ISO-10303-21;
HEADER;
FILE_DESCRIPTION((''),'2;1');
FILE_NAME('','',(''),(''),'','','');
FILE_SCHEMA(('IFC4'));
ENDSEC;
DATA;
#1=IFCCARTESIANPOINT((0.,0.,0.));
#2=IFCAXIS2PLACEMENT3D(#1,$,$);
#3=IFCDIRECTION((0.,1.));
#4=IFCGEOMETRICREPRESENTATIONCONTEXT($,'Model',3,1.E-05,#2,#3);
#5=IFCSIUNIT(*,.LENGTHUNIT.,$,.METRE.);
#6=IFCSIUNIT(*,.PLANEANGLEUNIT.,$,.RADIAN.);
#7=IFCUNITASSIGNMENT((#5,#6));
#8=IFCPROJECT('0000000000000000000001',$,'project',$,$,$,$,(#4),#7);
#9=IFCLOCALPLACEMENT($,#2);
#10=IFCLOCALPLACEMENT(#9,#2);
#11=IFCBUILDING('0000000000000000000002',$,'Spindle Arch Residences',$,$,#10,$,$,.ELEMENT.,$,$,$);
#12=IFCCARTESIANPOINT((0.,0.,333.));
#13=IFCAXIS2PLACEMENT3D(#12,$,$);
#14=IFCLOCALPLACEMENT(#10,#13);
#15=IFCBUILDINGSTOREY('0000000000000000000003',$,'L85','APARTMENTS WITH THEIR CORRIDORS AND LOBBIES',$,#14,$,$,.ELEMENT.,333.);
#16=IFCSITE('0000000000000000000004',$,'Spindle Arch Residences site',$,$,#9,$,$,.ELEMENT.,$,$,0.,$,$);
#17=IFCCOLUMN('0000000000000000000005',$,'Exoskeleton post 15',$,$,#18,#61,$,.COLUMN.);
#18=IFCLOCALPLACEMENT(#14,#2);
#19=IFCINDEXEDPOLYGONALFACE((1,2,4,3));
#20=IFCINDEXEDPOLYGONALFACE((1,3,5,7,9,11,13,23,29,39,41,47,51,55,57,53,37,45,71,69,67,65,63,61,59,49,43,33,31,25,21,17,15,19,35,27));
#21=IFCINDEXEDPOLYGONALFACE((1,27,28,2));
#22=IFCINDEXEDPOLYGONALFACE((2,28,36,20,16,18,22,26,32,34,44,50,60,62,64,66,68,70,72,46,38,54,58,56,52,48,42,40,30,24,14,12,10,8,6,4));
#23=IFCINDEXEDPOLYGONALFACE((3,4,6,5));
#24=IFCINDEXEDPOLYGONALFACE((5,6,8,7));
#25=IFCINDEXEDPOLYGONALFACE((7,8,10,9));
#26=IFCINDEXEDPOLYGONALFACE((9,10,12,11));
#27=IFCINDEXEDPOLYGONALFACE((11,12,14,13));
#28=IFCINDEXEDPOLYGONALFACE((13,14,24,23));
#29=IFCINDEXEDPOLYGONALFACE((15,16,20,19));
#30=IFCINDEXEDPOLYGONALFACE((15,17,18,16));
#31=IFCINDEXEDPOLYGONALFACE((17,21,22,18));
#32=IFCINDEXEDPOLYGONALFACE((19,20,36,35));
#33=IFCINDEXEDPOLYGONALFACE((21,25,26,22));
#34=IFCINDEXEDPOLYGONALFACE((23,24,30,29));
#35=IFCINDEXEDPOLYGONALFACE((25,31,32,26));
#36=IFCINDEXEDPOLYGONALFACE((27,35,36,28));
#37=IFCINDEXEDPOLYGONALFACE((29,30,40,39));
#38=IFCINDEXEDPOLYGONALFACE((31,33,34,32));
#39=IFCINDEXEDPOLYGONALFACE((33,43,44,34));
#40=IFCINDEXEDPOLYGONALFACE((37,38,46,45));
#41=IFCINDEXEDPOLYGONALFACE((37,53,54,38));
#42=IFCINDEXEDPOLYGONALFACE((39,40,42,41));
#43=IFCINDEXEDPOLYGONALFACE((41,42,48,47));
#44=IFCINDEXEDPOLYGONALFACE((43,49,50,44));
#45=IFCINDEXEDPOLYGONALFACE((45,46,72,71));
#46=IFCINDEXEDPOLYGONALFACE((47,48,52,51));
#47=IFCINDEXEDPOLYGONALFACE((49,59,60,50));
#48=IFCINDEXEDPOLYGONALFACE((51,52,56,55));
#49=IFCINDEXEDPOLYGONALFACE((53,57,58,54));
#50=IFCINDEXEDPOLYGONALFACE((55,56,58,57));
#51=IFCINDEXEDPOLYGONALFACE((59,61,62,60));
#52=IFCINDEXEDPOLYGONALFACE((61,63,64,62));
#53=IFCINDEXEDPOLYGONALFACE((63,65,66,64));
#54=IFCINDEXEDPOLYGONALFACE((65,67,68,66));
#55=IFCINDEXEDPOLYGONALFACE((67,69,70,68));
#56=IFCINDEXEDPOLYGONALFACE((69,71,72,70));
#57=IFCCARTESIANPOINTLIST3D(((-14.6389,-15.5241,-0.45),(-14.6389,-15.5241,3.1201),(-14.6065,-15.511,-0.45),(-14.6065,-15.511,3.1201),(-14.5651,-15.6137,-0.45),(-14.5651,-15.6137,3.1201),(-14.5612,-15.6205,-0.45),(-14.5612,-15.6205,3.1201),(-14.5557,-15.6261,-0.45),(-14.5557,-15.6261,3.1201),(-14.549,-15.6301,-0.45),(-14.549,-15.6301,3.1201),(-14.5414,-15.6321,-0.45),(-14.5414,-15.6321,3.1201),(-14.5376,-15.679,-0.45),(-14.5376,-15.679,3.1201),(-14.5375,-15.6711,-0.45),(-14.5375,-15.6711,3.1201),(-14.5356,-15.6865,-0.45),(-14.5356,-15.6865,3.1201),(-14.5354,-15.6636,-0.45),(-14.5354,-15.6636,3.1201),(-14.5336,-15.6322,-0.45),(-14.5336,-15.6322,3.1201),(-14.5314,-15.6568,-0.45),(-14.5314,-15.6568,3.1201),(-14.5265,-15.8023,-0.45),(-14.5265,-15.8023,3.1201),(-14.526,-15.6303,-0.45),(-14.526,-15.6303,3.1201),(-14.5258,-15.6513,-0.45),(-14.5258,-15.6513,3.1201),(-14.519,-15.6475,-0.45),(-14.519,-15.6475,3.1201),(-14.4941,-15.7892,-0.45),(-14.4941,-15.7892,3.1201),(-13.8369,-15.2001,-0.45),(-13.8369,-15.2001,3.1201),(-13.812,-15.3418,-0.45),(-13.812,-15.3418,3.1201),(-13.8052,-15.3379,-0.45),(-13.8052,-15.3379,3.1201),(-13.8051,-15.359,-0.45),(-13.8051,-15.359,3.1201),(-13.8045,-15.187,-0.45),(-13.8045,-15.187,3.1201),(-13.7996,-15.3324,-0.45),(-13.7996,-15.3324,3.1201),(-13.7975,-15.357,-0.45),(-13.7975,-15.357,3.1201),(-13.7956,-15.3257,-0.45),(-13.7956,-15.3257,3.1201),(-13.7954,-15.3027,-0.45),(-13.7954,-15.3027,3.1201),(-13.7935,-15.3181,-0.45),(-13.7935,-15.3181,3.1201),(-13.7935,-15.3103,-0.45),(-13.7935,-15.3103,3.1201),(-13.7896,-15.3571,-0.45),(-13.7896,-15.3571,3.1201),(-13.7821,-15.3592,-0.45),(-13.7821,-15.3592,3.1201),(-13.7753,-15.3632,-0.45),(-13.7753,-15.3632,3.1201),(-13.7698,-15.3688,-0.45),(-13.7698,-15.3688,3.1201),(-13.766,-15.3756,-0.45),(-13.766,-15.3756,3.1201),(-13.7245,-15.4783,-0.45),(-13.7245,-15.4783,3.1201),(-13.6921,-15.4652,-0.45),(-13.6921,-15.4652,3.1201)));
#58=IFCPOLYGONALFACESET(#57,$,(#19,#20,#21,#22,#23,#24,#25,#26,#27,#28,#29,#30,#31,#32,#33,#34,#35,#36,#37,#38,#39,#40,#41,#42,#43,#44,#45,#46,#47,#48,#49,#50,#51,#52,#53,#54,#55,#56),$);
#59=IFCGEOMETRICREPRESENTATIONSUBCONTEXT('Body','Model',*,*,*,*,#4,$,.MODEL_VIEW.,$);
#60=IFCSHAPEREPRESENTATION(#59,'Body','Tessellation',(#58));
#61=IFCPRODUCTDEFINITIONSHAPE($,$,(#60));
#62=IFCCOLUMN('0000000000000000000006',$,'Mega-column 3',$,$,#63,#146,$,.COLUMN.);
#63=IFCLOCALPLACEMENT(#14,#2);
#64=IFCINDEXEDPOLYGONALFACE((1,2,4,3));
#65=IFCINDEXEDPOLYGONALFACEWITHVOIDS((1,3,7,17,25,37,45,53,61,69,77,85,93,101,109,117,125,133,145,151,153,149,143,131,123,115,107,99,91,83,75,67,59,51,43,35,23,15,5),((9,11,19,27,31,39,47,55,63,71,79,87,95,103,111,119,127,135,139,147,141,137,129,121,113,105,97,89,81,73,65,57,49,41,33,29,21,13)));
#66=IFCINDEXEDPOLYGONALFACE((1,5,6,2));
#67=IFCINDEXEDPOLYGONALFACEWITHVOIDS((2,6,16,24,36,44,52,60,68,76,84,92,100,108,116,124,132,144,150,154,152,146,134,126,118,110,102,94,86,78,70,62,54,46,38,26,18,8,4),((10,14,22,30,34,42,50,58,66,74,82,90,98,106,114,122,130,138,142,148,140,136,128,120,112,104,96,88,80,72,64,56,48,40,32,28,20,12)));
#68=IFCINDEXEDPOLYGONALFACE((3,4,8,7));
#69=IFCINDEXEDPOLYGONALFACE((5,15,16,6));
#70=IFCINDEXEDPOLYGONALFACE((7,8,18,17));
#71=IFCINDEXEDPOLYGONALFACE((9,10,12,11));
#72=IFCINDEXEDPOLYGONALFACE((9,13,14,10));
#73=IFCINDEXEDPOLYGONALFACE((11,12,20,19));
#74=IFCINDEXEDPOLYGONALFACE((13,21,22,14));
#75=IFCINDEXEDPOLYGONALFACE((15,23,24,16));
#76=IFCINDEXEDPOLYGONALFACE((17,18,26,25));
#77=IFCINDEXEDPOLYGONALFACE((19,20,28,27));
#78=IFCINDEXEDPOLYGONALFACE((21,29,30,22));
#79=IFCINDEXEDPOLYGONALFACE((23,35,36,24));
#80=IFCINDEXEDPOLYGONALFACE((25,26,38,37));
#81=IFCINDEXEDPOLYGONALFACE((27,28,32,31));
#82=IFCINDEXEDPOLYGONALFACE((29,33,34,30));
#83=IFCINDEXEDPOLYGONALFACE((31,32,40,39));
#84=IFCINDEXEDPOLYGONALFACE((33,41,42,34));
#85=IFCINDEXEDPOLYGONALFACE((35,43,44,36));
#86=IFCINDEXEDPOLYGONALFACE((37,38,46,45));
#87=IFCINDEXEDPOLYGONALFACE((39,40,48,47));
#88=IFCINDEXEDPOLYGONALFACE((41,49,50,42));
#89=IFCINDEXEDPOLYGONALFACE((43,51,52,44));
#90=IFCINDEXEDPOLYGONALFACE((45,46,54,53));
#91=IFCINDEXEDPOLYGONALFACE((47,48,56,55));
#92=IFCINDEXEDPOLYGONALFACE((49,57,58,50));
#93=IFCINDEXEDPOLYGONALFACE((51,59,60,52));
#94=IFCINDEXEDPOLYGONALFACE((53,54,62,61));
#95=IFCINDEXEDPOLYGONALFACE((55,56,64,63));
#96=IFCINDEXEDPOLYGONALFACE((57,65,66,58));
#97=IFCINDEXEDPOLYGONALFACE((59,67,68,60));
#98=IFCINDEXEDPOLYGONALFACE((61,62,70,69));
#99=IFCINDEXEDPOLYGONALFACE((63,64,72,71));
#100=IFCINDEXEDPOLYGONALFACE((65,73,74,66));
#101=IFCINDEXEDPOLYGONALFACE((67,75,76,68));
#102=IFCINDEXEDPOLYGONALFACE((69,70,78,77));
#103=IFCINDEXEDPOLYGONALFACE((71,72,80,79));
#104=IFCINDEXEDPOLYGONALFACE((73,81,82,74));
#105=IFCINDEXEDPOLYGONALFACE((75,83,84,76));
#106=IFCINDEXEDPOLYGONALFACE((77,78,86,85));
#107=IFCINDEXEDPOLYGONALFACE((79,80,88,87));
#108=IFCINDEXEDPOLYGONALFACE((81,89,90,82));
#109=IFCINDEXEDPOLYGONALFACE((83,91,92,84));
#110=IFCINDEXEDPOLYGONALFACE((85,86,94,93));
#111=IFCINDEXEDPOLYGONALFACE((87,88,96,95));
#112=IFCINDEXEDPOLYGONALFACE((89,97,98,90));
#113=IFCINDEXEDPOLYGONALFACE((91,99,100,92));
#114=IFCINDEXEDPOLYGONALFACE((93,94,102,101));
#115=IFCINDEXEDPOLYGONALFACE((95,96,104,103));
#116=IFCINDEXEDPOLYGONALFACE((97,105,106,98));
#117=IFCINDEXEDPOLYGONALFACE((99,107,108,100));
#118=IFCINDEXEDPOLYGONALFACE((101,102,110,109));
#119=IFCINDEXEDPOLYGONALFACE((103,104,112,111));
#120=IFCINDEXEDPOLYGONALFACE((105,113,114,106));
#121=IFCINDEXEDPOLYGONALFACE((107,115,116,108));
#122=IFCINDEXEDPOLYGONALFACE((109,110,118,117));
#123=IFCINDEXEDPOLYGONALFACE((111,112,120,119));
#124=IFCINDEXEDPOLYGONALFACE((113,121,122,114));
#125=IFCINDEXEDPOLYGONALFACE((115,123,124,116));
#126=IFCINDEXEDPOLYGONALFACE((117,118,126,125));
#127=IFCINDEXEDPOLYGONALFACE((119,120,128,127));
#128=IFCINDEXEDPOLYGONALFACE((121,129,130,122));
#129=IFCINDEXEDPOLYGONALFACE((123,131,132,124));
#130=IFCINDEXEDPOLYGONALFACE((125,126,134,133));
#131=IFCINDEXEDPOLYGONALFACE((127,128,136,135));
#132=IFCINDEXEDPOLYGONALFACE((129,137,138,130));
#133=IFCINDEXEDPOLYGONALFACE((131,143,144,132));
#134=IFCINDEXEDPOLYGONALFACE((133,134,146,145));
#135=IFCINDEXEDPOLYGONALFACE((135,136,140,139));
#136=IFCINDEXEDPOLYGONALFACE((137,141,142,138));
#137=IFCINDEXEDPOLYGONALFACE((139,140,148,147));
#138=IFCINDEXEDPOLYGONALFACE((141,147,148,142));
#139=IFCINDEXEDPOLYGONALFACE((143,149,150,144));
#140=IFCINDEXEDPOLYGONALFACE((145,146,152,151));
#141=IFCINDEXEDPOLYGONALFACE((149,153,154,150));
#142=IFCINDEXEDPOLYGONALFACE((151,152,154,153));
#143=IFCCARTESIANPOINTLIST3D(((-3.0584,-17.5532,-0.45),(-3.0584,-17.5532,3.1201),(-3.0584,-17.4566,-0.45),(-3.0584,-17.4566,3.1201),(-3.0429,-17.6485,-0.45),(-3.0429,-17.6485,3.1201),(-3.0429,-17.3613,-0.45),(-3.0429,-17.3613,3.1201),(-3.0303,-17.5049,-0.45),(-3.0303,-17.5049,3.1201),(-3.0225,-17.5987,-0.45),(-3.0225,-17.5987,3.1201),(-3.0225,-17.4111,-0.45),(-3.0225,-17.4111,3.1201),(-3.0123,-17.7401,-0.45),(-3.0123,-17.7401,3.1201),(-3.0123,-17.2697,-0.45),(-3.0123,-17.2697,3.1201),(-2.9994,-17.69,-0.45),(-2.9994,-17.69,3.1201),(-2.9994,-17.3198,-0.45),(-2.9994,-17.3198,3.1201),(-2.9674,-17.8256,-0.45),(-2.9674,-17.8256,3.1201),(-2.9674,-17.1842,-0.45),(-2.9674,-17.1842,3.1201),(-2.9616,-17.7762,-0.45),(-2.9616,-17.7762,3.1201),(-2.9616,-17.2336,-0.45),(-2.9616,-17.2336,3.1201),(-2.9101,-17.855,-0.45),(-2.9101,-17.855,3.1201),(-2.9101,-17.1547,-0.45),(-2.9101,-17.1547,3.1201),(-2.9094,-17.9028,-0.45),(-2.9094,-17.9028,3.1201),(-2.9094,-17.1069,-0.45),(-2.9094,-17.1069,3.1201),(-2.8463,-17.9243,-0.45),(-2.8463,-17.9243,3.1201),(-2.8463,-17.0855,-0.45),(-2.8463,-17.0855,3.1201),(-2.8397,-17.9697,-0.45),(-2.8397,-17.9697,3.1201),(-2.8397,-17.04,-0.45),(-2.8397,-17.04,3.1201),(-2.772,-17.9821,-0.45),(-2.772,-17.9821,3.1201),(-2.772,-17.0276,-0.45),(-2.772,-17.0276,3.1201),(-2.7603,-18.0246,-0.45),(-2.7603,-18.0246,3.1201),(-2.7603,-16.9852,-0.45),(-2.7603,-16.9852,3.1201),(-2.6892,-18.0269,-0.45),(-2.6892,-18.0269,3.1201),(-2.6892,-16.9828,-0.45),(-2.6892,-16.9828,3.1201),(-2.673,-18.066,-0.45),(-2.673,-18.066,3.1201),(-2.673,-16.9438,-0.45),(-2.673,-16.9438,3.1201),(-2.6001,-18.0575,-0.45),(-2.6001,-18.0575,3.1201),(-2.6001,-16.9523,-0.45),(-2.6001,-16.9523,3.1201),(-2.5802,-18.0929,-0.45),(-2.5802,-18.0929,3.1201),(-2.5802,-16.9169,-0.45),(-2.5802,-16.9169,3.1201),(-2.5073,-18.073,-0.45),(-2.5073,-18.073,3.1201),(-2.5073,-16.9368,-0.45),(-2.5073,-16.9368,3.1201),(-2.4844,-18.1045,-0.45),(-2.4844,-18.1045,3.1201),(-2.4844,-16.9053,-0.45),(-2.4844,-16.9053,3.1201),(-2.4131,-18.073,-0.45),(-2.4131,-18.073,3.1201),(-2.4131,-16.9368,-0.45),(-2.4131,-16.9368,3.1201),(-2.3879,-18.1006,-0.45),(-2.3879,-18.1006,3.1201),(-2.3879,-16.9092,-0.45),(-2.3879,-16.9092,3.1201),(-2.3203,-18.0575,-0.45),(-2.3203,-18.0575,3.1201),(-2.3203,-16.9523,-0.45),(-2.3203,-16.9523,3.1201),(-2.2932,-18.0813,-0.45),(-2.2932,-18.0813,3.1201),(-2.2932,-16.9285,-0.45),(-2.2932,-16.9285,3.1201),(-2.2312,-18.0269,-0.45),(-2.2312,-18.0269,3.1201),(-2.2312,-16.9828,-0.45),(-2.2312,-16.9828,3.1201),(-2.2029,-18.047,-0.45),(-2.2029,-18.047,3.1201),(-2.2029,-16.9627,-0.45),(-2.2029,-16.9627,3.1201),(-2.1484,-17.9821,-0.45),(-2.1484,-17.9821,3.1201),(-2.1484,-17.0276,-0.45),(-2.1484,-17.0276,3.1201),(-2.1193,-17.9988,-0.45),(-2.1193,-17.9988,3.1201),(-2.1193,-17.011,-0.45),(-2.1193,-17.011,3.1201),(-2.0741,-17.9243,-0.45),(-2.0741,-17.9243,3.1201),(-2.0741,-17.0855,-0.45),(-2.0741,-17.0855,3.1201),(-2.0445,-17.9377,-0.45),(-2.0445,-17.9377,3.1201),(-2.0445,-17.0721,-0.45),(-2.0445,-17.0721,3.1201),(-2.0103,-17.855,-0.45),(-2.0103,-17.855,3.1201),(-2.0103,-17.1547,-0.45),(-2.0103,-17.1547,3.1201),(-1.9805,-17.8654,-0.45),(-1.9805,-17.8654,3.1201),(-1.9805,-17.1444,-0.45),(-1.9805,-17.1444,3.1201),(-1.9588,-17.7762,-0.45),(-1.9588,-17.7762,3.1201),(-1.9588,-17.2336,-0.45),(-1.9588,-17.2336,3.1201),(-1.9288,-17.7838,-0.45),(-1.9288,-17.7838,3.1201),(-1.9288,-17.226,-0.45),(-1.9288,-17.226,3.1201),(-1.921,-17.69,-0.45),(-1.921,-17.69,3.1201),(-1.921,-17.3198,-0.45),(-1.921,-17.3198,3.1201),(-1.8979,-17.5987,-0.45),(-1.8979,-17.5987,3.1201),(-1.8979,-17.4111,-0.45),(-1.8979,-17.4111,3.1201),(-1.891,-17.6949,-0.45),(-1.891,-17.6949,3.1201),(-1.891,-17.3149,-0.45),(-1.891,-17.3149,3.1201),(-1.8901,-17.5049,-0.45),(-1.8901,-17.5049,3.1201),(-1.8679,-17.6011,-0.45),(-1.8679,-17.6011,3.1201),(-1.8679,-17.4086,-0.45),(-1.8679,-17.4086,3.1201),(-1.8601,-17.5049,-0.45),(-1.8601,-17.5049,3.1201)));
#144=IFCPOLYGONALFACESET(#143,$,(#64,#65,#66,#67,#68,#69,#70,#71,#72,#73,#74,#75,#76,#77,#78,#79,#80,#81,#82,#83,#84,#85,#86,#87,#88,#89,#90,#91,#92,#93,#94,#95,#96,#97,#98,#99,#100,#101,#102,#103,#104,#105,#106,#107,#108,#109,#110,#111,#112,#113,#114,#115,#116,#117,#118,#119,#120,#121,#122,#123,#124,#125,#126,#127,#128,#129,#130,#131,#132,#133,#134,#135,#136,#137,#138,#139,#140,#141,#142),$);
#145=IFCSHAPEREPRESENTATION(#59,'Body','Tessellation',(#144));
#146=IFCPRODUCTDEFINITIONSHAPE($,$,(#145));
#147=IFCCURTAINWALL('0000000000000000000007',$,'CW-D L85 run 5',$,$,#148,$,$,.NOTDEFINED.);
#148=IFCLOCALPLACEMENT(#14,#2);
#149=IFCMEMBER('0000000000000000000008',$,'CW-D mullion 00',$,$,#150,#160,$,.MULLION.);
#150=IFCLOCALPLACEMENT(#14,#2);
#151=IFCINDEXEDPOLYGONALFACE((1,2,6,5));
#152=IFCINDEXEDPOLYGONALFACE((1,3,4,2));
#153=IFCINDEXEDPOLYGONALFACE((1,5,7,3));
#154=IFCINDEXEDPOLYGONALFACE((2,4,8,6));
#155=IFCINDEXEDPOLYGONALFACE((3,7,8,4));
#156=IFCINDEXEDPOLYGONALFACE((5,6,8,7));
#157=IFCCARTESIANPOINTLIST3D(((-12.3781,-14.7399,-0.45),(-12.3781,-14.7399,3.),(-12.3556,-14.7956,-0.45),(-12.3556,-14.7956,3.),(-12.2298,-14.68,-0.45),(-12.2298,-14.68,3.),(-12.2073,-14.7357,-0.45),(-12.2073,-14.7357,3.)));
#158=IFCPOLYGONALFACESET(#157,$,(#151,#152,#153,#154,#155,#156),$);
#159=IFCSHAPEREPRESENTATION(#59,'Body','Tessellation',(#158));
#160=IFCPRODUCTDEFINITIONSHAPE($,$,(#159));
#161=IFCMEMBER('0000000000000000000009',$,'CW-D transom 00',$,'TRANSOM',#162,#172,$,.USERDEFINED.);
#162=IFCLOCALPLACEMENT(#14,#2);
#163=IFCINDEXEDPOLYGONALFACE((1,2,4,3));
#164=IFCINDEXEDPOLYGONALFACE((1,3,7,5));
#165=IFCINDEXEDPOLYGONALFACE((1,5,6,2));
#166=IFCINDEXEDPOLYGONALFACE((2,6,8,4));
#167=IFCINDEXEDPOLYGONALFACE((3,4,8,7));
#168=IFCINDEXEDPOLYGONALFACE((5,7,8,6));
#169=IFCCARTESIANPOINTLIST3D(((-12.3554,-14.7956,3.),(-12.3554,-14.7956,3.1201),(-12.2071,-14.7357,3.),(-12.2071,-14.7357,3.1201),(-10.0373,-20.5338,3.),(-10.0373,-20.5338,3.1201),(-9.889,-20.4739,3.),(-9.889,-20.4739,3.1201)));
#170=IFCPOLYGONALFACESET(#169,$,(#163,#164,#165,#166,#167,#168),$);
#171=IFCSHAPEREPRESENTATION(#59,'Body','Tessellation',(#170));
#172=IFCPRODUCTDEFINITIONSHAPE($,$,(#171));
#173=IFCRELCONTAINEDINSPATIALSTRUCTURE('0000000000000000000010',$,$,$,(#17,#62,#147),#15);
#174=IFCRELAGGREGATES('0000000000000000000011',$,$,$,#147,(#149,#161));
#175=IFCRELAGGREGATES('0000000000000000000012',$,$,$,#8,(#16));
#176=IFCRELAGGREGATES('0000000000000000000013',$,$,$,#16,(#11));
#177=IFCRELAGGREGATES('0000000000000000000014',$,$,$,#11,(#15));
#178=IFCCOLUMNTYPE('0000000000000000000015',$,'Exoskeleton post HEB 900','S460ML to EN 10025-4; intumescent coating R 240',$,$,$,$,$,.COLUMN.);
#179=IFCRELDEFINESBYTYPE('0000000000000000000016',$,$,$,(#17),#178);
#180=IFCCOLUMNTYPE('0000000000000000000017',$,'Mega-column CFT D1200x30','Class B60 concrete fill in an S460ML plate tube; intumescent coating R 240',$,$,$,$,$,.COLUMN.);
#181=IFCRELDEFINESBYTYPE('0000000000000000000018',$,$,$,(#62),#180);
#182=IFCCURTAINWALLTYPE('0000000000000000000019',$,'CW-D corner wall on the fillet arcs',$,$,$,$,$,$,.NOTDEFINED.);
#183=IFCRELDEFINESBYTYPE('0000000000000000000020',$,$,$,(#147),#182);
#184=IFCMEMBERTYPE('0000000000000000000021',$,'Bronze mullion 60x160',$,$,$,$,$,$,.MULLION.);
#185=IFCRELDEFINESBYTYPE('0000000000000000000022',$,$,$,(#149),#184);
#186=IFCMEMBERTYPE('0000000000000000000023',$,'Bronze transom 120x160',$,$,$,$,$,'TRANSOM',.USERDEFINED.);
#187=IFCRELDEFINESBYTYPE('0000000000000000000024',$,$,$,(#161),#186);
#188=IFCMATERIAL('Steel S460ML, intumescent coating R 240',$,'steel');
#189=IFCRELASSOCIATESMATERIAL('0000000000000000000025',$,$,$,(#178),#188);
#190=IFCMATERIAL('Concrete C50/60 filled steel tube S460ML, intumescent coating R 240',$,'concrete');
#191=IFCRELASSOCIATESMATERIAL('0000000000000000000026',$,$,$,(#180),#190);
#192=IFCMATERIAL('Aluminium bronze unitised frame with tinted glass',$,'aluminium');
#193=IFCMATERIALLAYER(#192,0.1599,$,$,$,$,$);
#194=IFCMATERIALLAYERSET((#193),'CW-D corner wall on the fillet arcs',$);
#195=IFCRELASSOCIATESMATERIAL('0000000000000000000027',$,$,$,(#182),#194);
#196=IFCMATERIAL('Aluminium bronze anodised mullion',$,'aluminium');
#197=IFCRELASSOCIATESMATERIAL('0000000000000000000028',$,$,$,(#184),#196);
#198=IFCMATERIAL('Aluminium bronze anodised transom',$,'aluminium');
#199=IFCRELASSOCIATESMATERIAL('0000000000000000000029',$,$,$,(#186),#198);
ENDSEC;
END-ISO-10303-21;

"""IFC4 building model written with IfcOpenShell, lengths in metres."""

from ifc_helpers import new_model, si_unit, direction, frame, origin, origin_2d, place, context, subcontext, project, spatial, rectangle, hollow_circle, i_section, extrude, material, layer, layer_set, material_profile, profile_set, type_object, element, aggregate, save


model = new_model("IFC4")

# Units and contexts
model_context = context("Model", 3, precision=1e-05, world=origin(), true_north=direction((0.0, 1.0)))
body_context = subcontext(model_context, "Body", "Model", "MODEL_VIEW")
ifc_project = project(units=[si_unit("LENGTHUNIT", "METRE"), si_unit("PLANEANGLEUNIT", "RADIAN")], contexts=[model_context])

# Site, building, storey
site_placement = place(None, origin())
site = spatial("IfcSite", under=ifc_project, at=site_placement, Name="Spindle Arch Residences site", CompositionType="ELEMENT", RefElevation=0.0)
building_placement = place(site_placement, origin())
building = spatial("IfcBuilding", under=site, at=building_placement, Name="Spindle Arch Residences", CompositionType="ELEMENT")
storey_placement = place(building_placement, frame((0.0, 0.0, 333.0)))
storey = spatial("IfcBuildingStorey", under=building, at=storey_placement, Name="L85", Description="APARTMENTS WITH THEIR CORRIDORS AND LOBBIES", CompositionType="ELEMENT", Elevation=333.0)

# Columns
ifc_material_1 = material(Name="Steel S460ML, intumescent coating R 240", Category="steel")
ifc_material_profile_1 = material_profile(ifc_material_1, i_section(OverallWidth=0.3, OverallDepth=0.8999, WebThickness=0.0186, FlangeThickness=0.0349, FilletRadius=0.03, at=origin_2d()), Name="HEB 900")
ifc_profile_set_1 = profile_set([ifc_material_profile_1], Name="Steel S460ML, intumescent coating R 240")
column_type_1 = type_object("IfcColumnType", Name="Exoskeleton post HEB 900", Description="S460ML to EN 10025-4; intumescent coating R 240", PredefinedType="COLUMN", material=ifc_profile_set_1)
column_1_placement = place(storey_placement, frame((-14.1655, -15.4946, -0.45), z_axis=(0.0, 0.0, 1.0), x_axis=(-0.374607, 0.927184, 0.0)))
element("IfcColumn", 1, at=column_1_placement, inside=storey, type_object=column_type_1, Name="Exoskeleton post 15", PredefinedType="COLUMN", context=body_context, shape_type="SweptSolid", body=[
    extrude(i_section(OverallWidth=0.3, OverallDepth=0.8999, WebThickness=0.0186, FlangeThickness=0.0349, FilletRadius=0.03, at=origin_2d()), origin(), (0.0, 0.0, 1.0), 3.5701),
])
ifc_material_2 = material(Name="Concrete C50/60 filled steel tube S460ML, intumescent coating R 240", Category="concrete")
ifc_material_profile_2 = material_profile(ifc_material_2, hollow_circle(Radius=0.6001, WallThickness=0.03, at=origin_2d()), Name="CFT D1200x30")
ifc_profile_set_2 = profile_set([ifc_material_profile_2], Name="Concrete C50/60 filled steel tube S460ML, intumescent coating R 240")
column_type_2 = type_object("IfcColumnType", Name="Mega-column CFT D1200x30", Description="Class B60 concrete fill in an S460ML plate tube; intumescent coating R 240", PredefinedType="COLUMN", material=ifc_profile_set_2)
column_2_placement = place(storey_placement, frame((-2.4602, -17.5049, -0.45), z_axis=(0.0, 0.0, 1.0), x_axis=(1.0, 0.0, 0.0)))
element("IfcColumn", 2, at=column_2_placement, inside=storey, type_object=column_type_2, Name="Mega-column 3", PredefinedType="COLUMN", context=body_context, shape_type="SweptSolid", body=[
    extrude(hollow_circle(Radius=0.6001, WallThickness=0.03, at=origin_2d()), origin(), (0.0, 0.0, 1.0), 3.5701),
])

# Curtain wall, members
ifc_material_3 = material(Name="Aluminium bronze unitised frame with tinted glass", Category="aluminium")
ifc_layer_1 = layer(ifc_material_3, 0.1599)
ifc_layer_set_1 = layer_set([ifc_layer_1], Name="CW-D corner wall on the fillet arcs")
curtain_wall_type_1 = type_object("IfcCurtainWallType", Name="CW-D corner wall on the fillet arcs", PredefinedType="NOTDEFINED", material=ifc_layer_set_1)
curtain_wall_1_placement = place(storey_placement, origin())
curtain_wall_1 = element("IfcCurtainWall", 3, at=curtain_wall_1_placement, inside=storey, type_object=curtain_wall_type_1, Name="CW-D L85 run 5", PredefinedType="NOTDEFINED")
ifc_material_4 = material(Name="Aluminium bronze anodised mullion", Category="aluminium")
ifc_material_profile_3 = material_profile(ifc_material_4, rectangle(XDim=0.1599, YDim=0.0601, at=origin_2d()), Name="MU 60x160")
ifc_profile_set_3 = profile_set([ifc_material_profile_3], Name="Aluminium bronze anodised mullion")
member_type_1 = type_object("IfcMemberType", Name="Bronze mullion 60x160", PredefinedType="MULLION", material=ifc_profile_set_3)
member_1_placement = place(storey_placement, frame((-12.2927, -14.7378, -0.45), z_axis=(0.0, 0.0, 1.0), x_axis=(0.927184, 0.374607, 0.0)))
member_1 = element("IfcMember", 4, at=member_1_placement, type_object=member_type_1, Name="CW-D mullion 00", PredefinedType="MULLION", context=body_context, shape_type="SweptSolid", body=[
    extrude(rectangle(XDim=0.1599, YDim=0.0601, at=origin_2d()), origin(), (0.0, 0.0, 1.0), 3.45),
])
ifc_material_5 = material(Name="Aluminium bronze anodised transom", Category="aluminium")
ifc_material_profile_4 = material_profile(ifc_material_5, rectangle(XDim=0.1599, YDim=0.1201, at=origin_2d()), Name="TR 120x160")
ifc_profile_set_4 = profile_set([ifc_material_profile_4], Name="Aluminium bronze anodised transom")
member_type_2 = type_object("IfcMemberType", Name="Bronze transom 120x160", ElementType="TRANSOM", PredefinedType="USERDEFINED", material=ifc_profile_set_4)
member_2_placement = place(storey_placement, frame((-12.2812, -14.7656, 3.0601), z_axis=(0.374565, -0.927201, 0.0), x_axis=(0.927201, 0.374565, 0.0)))
member_2 = element("IfcMember", 5, at=member_2_placement, type_object=member_type_2, Name="CW-D transom 00", ObjectType="TRANSOM", PredefinedType="USERDEFINED", context=body_context, shape_type="SweptSolid", body=[
    extrude(rectangle(XDim=0.1599, YDim=0.1201, at=origin_2d()), origin(), (0.0, 0.0, 1.0), 6.1887),
])

aggregate(curtain_wall_1, [member_1, member_2])

save(model, "model.ifc")
